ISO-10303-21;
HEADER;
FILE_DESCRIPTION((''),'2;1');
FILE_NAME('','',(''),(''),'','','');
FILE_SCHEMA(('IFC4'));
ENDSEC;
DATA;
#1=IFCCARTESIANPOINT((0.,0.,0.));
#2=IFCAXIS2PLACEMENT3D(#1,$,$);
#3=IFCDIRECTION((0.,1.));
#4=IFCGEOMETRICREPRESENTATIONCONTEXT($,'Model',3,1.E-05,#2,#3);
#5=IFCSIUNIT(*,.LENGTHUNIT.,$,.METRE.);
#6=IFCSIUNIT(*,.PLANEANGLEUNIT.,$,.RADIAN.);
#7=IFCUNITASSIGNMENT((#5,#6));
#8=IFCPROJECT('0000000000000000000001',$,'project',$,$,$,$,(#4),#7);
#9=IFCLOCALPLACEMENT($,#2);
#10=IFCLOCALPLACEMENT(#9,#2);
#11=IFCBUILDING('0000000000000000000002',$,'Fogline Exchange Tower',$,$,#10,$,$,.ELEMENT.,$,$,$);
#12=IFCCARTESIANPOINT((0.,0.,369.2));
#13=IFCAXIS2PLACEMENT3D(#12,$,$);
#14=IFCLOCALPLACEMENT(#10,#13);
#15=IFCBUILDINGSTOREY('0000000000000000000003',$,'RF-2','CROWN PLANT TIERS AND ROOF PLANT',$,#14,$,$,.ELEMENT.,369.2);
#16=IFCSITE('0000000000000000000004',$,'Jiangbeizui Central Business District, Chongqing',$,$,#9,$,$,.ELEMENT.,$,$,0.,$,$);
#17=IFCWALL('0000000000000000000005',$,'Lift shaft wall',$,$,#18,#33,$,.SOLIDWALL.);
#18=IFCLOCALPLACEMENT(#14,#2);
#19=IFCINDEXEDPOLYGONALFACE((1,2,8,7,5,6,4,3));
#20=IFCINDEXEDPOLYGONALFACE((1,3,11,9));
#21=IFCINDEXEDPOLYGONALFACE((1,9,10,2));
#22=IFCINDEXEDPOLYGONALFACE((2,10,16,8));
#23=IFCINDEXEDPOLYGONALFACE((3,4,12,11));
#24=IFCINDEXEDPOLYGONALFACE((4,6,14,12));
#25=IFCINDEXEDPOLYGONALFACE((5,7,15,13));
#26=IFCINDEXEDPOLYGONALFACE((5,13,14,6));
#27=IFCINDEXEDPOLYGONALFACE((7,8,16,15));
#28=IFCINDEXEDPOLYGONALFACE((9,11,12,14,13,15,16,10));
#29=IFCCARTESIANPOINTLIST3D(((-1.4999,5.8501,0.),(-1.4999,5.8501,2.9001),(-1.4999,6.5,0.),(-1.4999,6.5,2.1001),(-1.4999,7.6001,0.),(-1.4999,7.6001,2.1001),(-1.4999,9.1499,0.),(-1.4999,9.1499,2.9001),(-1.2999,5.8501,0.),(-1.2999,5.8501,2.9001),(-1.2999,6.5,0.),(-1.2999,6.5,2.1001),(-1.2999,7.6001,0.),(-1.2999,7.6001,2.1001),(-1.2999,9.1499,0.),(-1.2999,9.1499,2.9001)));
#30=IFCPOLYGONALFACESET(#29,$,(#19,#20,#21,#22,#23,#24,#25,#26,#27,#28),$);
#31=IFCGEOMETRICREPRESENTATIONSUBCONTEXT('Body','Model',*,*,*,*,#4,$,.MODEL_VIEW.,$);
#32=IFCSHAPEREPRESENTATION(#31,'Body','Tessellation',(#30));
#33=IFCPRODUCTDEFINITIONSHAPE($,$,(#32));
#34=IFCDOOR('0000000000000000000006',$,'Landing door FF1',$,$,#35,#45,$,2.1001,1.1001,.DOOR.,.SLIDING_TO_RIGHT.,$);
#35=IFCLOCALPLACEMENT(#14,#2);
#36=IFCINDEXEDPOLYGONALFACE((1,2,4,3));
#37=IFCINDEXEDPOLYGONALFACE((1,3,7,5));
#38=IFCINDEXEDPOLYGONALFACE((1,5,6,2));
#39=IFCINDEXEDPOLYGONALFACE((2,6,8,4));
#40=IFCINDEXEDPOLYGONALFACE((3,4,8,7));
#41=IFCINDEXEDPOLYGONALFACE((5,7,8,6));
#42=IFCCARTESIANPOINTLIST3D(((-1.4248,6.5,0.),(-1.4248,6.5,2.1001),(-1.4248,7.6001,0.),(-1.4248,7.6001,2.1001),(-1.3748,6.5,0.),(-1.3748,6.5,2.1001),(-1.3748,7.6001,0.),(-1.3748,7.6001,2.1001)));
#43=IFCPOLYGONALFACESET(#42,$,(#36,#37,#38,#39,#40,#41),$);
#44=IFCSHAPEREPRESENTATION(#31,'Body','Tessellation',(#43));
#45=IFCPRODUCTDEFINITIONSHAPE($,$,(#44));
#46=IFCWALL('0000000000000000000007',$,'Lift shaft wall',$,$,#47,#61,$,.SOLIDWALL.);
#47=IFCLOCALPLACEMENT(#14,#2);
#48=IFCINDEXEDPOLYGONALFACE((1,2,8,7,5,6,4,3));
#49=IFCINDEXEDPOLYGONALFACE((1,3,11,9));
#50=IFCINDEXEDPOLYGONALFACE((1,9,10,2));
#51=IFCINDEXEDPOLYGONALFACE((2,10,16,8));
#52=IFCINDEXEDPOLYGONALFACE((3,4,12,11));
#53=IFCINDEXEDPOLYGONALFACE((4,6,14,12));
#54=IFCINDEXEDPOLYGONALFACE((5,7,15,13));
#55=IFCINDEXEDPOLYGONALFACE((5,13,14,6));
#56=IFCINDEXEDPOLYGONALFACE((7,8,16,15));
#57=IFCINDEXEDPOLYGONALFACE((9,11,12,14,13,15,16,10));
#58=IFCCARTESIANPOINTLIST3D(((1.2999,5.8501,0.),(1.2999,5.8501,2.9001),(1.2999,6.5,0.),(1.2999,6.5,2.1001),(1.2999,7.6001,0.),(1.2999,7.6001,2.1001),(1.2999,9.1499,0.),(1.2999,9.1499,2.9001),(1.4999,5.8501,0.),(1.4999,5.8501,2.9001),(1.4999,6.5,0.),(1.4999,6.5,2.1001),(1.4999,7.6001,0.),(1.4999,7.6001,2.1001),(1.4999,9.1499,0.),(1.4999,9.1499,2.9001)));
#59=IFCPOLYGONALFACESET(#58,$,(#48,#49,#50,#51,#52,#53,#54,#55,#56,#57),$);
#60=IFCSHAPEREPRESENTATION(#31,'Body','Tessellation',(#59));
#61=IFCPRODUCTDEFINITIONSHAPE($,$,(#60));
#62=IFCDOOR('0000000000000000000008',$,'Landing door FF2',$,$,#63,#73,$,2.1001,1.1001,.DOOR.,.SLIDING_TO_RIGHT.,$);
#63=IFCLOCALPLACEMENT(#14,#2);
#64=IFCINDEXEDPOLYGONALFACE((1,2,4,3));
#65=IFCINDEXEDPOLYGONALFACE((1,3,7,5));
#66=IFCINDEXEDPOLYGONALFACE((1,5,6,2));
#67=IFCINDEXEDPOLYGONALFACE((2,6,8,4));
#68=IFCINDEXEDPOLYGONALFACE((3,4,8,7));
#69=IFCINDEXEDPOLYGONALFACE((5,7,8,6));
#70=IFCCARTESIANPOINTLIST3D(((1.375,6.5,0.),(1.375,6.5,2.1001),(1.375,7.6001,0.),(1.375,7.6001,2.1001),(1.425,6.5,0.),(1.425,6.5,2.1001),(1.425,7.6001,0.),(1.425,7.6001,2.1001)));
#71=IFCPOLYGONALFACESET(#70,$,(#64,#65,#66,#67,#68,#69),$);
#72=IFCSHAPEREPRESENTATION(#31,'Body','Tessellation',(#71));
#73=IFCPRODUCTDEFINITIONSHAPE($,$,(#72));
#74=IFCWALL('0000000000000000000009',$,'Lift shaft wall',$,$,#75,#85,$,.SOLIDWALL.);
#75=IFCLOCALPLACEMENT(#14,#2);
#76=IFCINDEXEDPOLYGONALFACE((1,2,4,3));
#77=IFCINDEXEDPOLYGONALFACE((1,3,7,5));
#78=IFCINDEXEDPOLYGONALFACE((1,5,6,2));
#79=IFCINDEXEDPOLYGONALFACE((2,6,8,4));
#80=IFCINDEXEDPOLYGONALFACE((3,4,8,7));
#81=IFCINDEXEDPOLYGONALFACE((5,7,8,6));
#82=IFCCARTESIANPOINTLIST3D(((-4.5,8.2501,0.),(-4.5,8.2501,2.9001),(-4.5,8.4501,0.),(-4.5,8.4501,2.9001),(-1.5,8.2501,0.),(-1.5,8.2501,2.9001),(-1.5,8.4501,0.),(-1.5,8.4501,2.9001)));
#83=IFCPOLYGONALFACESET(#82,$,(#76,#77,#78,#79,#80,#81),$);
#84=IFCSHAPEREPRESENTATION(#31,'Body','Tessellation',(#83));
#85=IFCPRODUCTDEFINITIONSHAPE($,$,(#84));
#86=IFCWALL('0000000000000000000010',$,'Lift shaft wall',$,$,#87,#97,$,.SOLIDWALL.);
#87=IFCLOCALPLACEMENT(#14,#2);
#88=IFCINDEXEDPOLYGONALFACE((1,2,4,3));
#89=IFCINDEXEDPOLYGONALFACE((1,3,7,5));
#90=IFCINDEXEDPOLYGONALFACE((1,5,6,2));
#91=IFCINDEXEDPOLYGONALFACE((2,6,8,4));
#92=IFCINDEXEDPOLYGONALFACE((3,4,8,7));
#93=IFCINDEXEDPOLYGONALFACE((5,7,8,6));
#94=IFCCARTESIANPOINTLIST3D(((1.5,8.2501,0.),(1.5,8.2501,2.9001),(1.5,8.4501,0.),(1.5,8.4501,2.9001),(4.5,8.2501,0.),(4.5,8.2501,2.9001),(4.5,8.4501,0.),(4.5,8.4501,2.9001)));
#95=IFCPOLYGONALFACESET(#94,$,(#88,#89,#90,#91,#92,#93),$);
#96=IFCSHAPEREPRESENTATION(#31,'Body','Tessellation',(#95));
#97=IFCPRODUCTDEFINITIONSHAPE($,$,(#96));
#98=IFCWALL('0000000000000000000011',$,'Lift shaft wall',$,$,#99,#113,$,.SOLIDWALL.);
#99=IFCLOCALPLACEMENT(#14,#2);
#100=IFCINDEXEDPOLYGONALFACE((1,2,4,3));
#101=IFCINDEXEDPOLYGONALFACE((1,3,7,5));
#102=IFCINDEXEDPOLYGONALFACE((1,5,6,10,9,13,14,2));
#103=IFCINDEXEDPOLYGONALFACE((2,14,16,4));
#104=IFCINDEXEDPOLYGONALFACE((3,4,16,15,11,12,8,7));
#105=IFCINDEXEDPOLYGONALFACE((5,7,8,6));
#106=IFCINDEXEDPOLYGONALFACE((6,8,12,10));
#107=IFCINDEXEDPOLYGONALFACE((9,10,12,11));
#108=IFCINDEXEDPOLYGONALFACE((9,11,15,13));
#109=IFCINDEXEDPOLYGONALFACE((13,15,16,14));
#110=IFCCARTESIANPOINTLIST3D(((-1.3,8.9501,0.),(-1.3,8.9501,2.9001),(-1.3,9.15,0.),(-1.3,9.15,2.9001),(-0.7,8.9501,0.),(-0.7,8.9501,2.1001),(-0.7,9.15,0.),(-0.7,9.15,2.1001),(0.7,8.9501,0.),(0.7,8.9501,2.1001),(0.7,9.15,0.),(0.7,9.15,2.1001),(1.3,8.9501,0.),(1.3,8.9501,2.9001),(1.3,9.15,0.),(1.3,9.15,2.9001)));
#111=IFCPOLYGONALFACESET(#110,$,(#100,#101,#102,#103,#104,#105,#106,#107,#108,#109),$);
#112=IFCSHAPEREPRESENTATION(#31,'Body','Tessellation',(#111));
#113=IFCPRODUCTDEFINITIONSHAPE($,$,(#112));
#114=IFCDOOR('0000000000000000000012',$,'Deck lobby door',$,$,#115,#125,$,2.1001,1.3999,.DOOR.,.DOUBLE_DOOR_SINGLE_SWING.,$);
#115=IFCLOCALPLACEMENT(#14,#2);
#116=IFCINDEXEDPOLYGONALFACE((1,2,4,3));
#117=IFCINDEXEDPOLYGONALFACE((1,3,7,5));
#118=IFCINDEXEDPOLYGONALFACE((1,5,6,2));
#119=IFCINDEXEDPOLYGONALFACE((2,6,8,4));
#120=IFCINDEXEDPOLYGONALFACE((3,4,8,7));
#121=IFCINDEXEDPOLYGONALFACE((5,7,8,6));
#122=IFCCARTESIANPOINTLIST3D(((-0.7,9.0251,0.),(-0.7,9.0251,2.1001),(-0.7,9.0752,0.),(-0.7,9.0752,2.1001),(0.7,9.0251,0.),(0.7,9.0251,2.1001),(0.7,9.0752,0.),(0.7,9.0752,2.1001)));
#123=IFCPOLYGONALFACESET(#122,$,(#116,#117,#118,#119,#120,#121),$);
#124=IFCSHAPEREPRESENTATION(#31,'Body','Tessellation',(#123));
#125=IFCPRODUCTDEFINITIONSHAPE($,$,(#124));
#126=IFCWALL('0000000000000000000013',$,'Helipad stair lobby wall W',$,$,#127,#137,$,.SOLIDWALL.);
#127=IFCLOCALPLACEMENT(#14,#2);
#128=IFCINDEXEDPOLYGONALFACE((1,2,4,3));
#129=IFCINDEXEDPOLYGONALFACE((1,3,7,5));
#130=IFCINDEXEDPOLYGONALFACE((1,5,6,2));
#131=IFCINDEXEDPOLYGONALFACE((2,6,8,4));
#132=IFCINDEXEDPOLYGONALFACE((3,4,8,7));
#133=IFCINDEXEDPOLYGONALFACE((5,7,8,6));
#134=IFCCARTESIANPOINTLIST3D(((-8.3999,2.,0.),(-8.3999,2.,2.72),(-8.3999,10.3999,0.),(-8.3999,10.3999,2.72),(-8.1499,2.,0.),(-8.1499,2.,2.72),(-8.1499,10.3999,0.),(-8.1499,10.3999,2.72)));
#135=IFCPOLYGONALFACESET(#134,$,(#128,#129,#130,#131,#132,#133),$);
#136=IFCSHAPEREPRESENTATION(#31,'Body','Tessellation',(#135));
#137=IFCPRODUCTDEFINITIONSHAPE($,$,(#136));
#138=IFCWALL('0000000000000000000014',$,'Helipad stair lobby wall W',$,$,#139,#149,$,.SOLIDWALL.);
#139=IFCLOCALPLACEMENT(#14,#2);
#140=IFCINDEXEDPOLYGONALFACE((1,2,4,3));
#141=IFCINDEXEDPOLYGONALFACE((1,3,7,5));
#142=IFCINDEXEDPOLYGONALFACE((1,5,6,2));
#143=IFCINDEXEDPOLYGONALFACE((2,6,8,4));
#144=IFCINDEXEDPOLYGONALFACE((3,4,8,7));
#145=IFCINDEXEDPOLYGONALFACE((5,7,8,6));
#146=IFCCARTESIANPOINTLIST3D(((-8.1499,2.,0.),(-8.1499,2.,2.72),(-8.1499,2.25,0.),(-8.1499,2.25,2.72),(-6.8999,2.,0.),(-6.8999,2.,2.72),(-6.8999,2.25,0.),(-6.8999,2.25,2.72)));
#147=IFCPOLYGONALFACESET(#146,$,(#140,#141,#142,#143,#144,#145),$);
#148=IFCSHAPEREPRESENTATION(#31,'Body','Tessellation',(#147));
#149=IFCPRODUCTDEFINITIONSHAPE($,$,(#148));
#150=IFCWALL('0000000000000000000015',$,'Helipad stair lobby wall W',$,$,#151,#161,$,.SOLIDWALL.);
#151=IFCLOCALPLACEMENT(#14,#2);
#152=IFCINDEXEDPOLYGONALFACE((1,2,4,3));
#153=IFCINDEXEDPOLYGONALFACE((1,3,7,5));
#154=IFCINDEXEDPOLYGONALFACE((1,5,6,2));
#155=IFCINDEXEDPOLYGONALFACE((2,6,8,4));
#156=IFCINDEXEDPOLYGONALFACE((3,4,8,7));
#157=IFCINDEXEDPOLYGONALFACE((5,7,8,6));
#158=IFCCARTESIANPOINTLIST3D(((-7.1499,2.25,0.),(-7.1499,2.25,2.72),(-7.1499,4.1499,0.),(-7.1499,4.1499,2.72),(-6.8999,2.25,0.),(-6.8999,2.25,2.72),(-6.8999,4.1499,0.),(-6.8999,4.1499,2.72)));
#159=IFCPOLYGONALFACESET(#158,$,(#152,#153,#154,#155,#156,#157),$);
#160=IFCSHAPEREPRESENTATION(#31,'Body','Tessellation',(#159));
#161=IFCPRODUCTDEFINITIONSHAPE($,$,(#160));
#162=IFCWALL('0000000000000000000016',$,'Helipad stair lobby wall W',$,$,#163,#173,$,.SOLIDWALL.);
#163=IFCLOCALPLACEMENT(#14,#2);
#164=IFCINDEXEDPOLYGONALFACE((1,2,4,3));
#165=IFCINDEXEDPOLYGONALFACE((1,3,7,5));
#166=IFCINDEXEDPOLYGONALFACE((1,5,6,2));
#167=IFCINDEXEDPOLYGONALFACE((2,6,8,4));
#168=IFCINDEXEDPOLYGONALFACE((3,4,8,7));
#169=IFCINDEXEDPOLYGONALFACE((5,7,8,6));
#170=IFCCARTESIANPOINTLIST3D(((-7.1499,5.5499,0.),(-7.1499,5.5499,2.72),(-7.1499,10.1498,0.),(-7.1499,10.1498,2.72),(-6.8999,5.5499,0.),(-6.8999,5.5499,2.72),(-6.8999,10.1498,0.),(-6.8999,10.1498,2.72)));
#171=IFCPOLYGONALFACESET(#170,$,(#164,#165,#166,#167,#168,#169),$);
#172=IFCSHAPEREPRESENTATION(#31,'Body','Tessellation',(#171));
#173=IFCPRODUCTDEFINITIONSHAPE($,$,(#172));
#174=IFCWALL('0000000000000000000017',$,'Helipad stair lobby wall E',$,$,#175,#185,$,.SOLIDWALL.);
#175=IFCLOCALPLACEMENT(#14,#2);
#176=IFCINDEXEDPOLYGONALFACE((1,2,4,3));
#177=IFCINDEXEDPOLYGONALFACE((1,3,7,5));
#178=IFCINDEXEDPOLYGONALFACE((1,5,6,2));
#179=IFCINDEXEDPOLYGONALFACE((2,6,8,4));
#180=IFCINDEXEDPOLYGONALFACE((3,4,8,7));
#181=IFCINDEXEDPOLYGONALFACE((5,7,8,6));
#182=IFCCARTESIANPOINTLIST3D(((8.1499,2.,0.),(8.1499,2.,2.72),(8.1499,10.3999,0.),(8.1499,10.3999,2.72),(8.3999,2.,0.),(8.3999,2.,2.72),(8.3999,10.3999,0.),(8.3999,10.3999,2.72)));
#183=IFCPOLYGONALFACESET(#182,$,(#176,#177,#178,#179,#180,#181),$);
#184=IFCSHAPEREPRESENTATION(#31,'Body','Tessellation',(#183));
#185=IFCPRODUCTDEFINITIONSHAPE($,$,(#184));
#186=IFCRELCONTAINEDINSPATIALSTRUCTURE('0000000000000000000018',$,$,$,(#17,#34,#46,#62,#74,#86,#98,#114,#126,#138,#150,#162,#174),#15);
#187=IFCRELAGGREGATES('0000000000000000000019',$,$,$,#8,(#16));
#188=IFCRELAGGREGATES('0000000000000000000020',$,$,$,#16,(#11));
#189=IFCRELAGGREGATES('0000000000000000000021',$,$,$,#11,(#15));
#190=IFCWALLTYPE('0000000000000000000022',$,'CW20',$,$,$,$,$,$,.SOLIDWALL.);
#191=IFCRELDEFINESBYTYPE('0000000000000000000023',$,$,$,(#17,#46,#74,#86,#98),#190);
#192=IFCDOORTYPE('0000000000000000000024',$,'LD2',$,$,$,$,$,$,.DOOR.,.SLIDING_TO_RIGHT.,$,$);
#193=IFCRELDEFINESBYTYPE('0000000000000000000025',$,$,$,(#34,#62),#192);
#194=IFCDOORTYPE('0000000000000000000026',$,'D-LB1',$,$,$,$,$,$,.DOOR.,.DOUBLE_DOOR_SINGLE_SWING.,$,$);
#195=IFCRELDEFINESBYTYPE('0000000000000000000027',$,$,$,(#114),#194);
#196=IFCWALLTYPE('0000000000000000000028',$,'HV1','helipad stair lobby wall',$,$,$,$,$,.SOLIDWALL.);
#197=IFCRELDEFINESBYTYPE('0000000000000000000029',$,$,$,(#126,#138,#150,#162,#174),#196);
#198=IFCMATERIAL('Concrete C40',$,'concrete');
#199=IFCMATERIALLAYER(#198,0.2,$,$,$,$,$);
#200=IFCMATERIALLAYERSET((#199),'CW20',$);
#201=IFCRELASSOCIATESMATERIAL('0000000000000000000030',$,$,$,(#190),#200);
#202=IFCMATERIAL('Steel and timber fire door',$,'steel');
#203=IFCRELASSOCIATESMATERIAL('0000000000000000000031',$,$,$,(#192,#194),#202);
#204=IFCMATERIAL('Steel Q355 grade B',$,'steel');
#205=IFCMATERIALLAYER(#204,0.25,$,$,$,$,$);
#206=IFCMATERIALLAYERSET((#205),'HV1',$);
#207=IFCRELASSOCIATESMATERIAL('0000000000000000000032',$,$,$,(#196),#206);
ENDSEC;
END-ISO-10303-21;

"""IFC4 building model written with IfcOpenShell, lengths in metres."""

from ifc_helpers import new_model, si_unit, direction, frame, frame_2d, origin, place, context, subcontext, project, spatial, rectangle, extrude, material, layer, layer_set, type_object, element, fill, save


model = new_model("IFC4")

# Units and contexts
model_context = context("Model", 3, precision=1e-05, world=origin(), true_north=direction((0.0, 1.0)))
body_context = subcontext(model_context, "Body", "Model", "MODEL_VIEW")
ifc_project = project(units=[si_unit("LENGTHUNIT", "METRE"), si_unit("PLANEANGLEUNIT", "RADIAN")], contexts=[model_context])

# Site, building, storey
site_placement = place(None, origin())
site = spatial("IfcSite", under=ifc_project, at=site_placement, Name="Jiangbeizui Central Business District, Chongqing", CompositionType="ELEMENT", RefElevation=0.0)
building_placement = place(site_placement, origin())
building = spatial("IfcBuilding", under=site, at=building_placement, Name="Fogline Exchange Tower", CompositionType="ELEMENT")
storey_placement = place(building_placement, frame((0.0, 0.0, 369.2)))
storey = spatial("IfcBuildingStorey", under=building, at=storey_placement, Name="RF-2", Description="CROWN PLANT TIERS AND ROOF PLANT", CompositionType="ELEMENT", Elevation=369.2)

# Shared definitions
ifc_material_1 = material(Name="Steel Q355 grade B", Category="steel")

# Shared definitions
ifc_material_2 = material(Name="Concrete C40", Category="concrete")
ifc_layer_1 = layer(ifc_material_2, 0.2)
ifc_layer_set_1 = layer_set([ifc_layer_1], Name="CW20")
wall_type_1 = type_object("IfcWallType", Name="CW20", PredefinedType="SOLIDWALL", material=ifc_layer_set_1)

# Walls, openings, doors
wall_1_placement = place(storey_placement, frame((-1.3999, 5.8501, 0.0), z_axis=(0.0, 0.0, 1.0), x_axis=(0.0, 1.0, 0.0)))
wall_1 = element("IfcWall", 1, at=wall_1_placement, inside=storey, type_object=wall_type_1, Name="Lift shaft wall", PredefinedType="SOLIDWALL", context=body_context, shape_type="SweptSolid", body=[
    extrude(rectangle(XDim=3.2998, YDim=0.2, at=frame_2d((1.6499, 0.0))), origin(), (0.0, 0.0, 1.0), 2.9001),
])
opening_1_placement = place(wall_1_placement, frame((0.6499, 0.0, 0.0)))
opening_1 = element("IfcOpeningElement", 2, at=opening_1_placement, cuts=wall_1, PredefinedType="OPENING", context=body_context, shape_type="SweptSolid", body=[
    extrude(rectangle(XDim=1.1001, YDim=2.1001, at=frame_2d((0.55, 1.05))), frame((0.0, 0.1099, 0.0), z_axis=(0.0, -1.0, 0.0), x_axis=(1.0, 0.0, 0.0)), (0.0, 0.0, 1.0), 0.22),
])
ifc_material_3 = material(Name="Steel and timber fire door", Category="steel")
door_type_1 = type_object("IfcDoorType", Name="LD2", OperationType="SLIDING_TO_RIGHT", PredefinedType="DOOR", material=ifc_material_3)
door_1_placement = place(opening_1_placement, origin())
door_1 = element("IfcDoor", 3, at=door_1_placement, inside=storey, type_object=door_type_1, Name="Landing door FF1", OperationType="SLIDING_TO_RIGHT", OverallHeight=2.1001, OverallWidth=1.1001, PredefinedType="DOOR", context=body_context, shape_type="SweptSolid", body=[
    extrude(rectangle(XDim=1.1001, YDim=2.1001, at=frame_2d((0.55, 1.05))), frame((0.0, 0.0249, 0.0), z_axis=(0.0, -1.0, 0.0), x_axis=(1.0, 0.0, 0.0)), (0.0, 0.0, 1.0), 0.05),
])
fill(opening_1, door_1)
wall_2_placement = place(storey_placement, frame((1.3999, 5.8501, 0.0), z_axis=(0.0, 0.0, 1.0), x_axis=(0.0, 1.0, 0.0)))
wall_2 = element("IfcWall", 4, at=wall_2_placement, inside=storey, type_object=wall_type_1, Name="Lift shaft wall", PredefinedType="SOLIDWALL", context=body_context, shape_type="SweptSolid", body=[
    extrude(rectangle(XDim=3.2998, YDim=0.2, at=frame_2d((1.6499, 0.0))), origin(), (0.0, 0.0, 1.0), 2.9001),
])
opening_2_placement = place(wall_2_placement, frame((0.6499, 0.0, 0.0)))
opening_2 = element("IfcOpeningElement", 5, at=opening_2_placement, cuts=wall_2, PredefinedType="OPENING", context=body_context, shape_type="SweptSolid", body=[
    extrude(rectangle(XDim=1.1001, YDim=2.1001, at=frame_2d((0.55, 1.05))), frame((0.0, 0.1099, 0.0), z_axis=(0.0, -1.0, 0.0), x_axis=(1.0, 0.0, 0.0)), (0.0, 0.0, 1.0), 0.22),
])
door_2_placement = place(opening_2_placement, origin())
door_2 = element("IfcDoor", 6, at=door_2_placement, inside=storey, type_object=door_type_1, Name="Landing door FF2", OperationType="SLIDING_TO_RIGHT", OverallHeight=2.1001, OverallWidth=1.1001, PredefinedType="DOOR", context=body_context, shape_type="SweptSolid", body=[
    extrude(rectangle(XDim=1.1001, YDim=2.1001, at=frame_2d((0.55, 1.05))), frame((0.0, 0.0249, 0.0), z_axis=(0.0, -1.0, 0.0), x_axis=(1.0, 0.0, 0.0)), (0.0, 0.0, 1.0), 0.05),
])
fill(opening_2, door_2)

# Walls
for number, where, z_axis, x_axis, name in (
    (7, (-4.5, 8.3501, 0.0), (0.0, 0.0, 1.0), (1.0, 0.0, 0.0), "Lift shaft wall"),
    (8, (1.5, 8.3501, 0.0), (0.0, 0.0, 1.0), (1.0, 0.0, 0.0), "Lift shaft wall"),
):
    element("IfcWall", number, at=place(storey_placement, frame(where, z_axis=z_axis, x_axis=x_axis)), inside=storey, type_object=wall_type_1, Name=name, PredefinedType="SOLIDWALL", context=body_context, shape_type="SweptSolid", body=[
        extrude(rectangle(XDim=3.0, YDim=0.2, at=frame_2d((1.5, 0.0))), origin(), (0.0, 0.0, 1.0), 2.9001),
    ])

# Wall, opening, door
wall_3_placement = place(storey_placement, frame((-1.3, 9.05, 0.0), z_axis=(0.0, 0.0, 1.0), x_axis=(1.0, 0.0, 0.0)))
wall_3 = element("IfcWall", 9, at=wall_3_placement, inside=storey, type_object=wall_type_1, Name="Lift shaft wall", PredefinedType="SOLIDWALL", context=body_context, shape_type="SweptSolid", body=[
    extrude(rectangle(XDim=2.6001, YDim=0.2, at=frame_2d((1.3, 0.0))), origin(), (0.0, 0.0, 1.0), 2.9001),
])
opening_3_placement = place(wall_3_placement, frame((0.6001, 0.0, 0.0)))
opening_3 = element("IfcOpeningElement", 10, at=opening_3_placement, cuts=wall_3, PredefinedType="OPENING", context=body_context, shape_type="SweptSolid", body=[
    extrude(rectangle(XDim=1.3999, YDim=2.1001, at=frame_2d((0.7, 1.05))), frame((0.0, 0.1099, 0.0), z_axis=(0.0, -1.0, 0.0), x_axis=(1.0, 0.0, 0.0)), (0.0, 0.0, 1.0), 0.22),
])
door_type_2 = type_object("IfcDoorType", Name="D-LB1", OperationType="DOUBLE_DOOR_SINGLE_SWING", PredefinedType="DOOR", material=ifc_material_3)
door_3_placement = place(opening_3_placement, frame((1.3999, 0.0, 0.0), z_axis=(0.0, 0.0, 1.0), x_axis=(-1.0, 0.0, 0.0)))
door_3 = element("IfcDoor", 11, at=door_3_placement, inside=storey, type_object=door_type_2, Name="Deck lobby door", OperationType="DOUBLE_DOOR_SINGLE_SWING", OverallHeight=2.1001, OverallWidth=1.3999, PredefinedType="DOOR", context=body_context, shape_type="SweptSolid", body=[
    extrude(rectangle(XDim=1.3999, YDim=2.1001, at=frame_2d((0.7, 1.05))), frame((0.0, 0.0249, 0.0), z_axis=(0.0, -1.0, 0.0), x_axis=(1.0, 0.0, 0.0)), (0.0, 0.0, 1.0), 0.05),
])
fill(opening_3, door_3)

# Walls
ifc_layer_2 = layer(ifc_material_1, 0.25)
ifc_layer_set_2 = layer_set([ifc_layer_2], Name="HV1")
wall_type_2 = type_object("IfcWallType", Name="HV1", Description="helipad stair lobby wall", PredefinedType="SOLIDWALL", material=ifc_layer_set_2)
wall_4_placement = place(storey_placement, frame((-8.2749, 2.0, 0.0), z_axis=(0.0, 0.0, 1.0), x_axis=(0.0, 1.0, 0.0)))
element("IfcWall", 12, at=wall_4_placement, inside=storey, type_object=wall_type_2, Name="Helipad stair lobby wall W", PredefinedType="SOLIDWALL", context=body_context, shape_type="SweptSolid", body=[
    extrude(rectangle(XDim=8.3999, YDim=0.25, at=frame_2d((4.2, 0.0))), origin(), (0.0, 0.0, 1.0), 2.72),
])
wall_5_placement = place(storey_placement, frame((-8.1499, 2.125, 0.0), z_axis=(0.0, 0.0, 1.0), x_axis=(1.0, 0.0, 0.0)))
element("IfcWall", 13, at=wall_5_placement, inside=storey, type_object=wall_type_2, Name="Helipad stair lobby wall W", PredefinedType="SOLIDWALL", context=body_context, shape_type="SweptSolid", body=[
    extrude(rectangle(XDim=1.25, YDim=0.25, at=frame_2d((0.625, 0.0))), origin(), (0.0, 0.0, 1.0), 2.72),
])
wall_6_placement = place(storey_placement, frame((-7.0249, 2.25, 0.0), z_axis=(0.0, 0.0, 1.0), x_axis=(0.0, 1.0, 0.0)))
element("IfcWall", 14, at=wall_6_placement, inside=storey, type_object=wall_type_2, Name="Helipad stair lobby wall W", PredefinedType="SOLIDWALL", context=body_context, shape_type="SweptSolid", body=[
    extrude(rectangle(XDim=1.8999, YDim=0.25, at=frame_2d((0.95, 0.0))), origin(), (0.0, 0.0, 1.0), 2.72),
])
wall_7_placement = place(storey_placement, frame((-7.0249, 5.55, 0.0), z_axis=(0.0, 0.0, 1.0), x_axis=(0.0, 1.0, 0.0)))
element("IfcWall", 15, at=wall_7_placement, inside=storey, type_object=wall_type_2, Name="Helipad stair lobby wall W", PredefinedType="SOLIDWALL", context=body_context, shape_type="SweptSolid", body=[
    extrude(rectangle(XDim=4.5999, YDim=0.25, at=frame_2d((2.2998, 0.0))), origin(), (0.0, 0.0, 1.0), 2.72),
])
wall_8_placement = place(storey_placement, frame((8.2749, 2.0, 0.0), z_axis=(0.0, 0.0, 1.0), x_axis=(0.0, 1.0, 0.0)))
element("IfcWall", 16, at=wall_8_placement, inside=storey, type_object=wall_type_2, Name="Helipad stair lobby wall E", PredefinedType="SOLIDWALL", context=body_context, shape_type="SweptSolid", body=[
    extrude(rectangle(XDim=8.3999, YDim=0.25, at=frame_2d((4.2, 0.0))), origin(), (0.0, 0.0, 1.0), 2.72),
])

save(model, "model.ifc")
